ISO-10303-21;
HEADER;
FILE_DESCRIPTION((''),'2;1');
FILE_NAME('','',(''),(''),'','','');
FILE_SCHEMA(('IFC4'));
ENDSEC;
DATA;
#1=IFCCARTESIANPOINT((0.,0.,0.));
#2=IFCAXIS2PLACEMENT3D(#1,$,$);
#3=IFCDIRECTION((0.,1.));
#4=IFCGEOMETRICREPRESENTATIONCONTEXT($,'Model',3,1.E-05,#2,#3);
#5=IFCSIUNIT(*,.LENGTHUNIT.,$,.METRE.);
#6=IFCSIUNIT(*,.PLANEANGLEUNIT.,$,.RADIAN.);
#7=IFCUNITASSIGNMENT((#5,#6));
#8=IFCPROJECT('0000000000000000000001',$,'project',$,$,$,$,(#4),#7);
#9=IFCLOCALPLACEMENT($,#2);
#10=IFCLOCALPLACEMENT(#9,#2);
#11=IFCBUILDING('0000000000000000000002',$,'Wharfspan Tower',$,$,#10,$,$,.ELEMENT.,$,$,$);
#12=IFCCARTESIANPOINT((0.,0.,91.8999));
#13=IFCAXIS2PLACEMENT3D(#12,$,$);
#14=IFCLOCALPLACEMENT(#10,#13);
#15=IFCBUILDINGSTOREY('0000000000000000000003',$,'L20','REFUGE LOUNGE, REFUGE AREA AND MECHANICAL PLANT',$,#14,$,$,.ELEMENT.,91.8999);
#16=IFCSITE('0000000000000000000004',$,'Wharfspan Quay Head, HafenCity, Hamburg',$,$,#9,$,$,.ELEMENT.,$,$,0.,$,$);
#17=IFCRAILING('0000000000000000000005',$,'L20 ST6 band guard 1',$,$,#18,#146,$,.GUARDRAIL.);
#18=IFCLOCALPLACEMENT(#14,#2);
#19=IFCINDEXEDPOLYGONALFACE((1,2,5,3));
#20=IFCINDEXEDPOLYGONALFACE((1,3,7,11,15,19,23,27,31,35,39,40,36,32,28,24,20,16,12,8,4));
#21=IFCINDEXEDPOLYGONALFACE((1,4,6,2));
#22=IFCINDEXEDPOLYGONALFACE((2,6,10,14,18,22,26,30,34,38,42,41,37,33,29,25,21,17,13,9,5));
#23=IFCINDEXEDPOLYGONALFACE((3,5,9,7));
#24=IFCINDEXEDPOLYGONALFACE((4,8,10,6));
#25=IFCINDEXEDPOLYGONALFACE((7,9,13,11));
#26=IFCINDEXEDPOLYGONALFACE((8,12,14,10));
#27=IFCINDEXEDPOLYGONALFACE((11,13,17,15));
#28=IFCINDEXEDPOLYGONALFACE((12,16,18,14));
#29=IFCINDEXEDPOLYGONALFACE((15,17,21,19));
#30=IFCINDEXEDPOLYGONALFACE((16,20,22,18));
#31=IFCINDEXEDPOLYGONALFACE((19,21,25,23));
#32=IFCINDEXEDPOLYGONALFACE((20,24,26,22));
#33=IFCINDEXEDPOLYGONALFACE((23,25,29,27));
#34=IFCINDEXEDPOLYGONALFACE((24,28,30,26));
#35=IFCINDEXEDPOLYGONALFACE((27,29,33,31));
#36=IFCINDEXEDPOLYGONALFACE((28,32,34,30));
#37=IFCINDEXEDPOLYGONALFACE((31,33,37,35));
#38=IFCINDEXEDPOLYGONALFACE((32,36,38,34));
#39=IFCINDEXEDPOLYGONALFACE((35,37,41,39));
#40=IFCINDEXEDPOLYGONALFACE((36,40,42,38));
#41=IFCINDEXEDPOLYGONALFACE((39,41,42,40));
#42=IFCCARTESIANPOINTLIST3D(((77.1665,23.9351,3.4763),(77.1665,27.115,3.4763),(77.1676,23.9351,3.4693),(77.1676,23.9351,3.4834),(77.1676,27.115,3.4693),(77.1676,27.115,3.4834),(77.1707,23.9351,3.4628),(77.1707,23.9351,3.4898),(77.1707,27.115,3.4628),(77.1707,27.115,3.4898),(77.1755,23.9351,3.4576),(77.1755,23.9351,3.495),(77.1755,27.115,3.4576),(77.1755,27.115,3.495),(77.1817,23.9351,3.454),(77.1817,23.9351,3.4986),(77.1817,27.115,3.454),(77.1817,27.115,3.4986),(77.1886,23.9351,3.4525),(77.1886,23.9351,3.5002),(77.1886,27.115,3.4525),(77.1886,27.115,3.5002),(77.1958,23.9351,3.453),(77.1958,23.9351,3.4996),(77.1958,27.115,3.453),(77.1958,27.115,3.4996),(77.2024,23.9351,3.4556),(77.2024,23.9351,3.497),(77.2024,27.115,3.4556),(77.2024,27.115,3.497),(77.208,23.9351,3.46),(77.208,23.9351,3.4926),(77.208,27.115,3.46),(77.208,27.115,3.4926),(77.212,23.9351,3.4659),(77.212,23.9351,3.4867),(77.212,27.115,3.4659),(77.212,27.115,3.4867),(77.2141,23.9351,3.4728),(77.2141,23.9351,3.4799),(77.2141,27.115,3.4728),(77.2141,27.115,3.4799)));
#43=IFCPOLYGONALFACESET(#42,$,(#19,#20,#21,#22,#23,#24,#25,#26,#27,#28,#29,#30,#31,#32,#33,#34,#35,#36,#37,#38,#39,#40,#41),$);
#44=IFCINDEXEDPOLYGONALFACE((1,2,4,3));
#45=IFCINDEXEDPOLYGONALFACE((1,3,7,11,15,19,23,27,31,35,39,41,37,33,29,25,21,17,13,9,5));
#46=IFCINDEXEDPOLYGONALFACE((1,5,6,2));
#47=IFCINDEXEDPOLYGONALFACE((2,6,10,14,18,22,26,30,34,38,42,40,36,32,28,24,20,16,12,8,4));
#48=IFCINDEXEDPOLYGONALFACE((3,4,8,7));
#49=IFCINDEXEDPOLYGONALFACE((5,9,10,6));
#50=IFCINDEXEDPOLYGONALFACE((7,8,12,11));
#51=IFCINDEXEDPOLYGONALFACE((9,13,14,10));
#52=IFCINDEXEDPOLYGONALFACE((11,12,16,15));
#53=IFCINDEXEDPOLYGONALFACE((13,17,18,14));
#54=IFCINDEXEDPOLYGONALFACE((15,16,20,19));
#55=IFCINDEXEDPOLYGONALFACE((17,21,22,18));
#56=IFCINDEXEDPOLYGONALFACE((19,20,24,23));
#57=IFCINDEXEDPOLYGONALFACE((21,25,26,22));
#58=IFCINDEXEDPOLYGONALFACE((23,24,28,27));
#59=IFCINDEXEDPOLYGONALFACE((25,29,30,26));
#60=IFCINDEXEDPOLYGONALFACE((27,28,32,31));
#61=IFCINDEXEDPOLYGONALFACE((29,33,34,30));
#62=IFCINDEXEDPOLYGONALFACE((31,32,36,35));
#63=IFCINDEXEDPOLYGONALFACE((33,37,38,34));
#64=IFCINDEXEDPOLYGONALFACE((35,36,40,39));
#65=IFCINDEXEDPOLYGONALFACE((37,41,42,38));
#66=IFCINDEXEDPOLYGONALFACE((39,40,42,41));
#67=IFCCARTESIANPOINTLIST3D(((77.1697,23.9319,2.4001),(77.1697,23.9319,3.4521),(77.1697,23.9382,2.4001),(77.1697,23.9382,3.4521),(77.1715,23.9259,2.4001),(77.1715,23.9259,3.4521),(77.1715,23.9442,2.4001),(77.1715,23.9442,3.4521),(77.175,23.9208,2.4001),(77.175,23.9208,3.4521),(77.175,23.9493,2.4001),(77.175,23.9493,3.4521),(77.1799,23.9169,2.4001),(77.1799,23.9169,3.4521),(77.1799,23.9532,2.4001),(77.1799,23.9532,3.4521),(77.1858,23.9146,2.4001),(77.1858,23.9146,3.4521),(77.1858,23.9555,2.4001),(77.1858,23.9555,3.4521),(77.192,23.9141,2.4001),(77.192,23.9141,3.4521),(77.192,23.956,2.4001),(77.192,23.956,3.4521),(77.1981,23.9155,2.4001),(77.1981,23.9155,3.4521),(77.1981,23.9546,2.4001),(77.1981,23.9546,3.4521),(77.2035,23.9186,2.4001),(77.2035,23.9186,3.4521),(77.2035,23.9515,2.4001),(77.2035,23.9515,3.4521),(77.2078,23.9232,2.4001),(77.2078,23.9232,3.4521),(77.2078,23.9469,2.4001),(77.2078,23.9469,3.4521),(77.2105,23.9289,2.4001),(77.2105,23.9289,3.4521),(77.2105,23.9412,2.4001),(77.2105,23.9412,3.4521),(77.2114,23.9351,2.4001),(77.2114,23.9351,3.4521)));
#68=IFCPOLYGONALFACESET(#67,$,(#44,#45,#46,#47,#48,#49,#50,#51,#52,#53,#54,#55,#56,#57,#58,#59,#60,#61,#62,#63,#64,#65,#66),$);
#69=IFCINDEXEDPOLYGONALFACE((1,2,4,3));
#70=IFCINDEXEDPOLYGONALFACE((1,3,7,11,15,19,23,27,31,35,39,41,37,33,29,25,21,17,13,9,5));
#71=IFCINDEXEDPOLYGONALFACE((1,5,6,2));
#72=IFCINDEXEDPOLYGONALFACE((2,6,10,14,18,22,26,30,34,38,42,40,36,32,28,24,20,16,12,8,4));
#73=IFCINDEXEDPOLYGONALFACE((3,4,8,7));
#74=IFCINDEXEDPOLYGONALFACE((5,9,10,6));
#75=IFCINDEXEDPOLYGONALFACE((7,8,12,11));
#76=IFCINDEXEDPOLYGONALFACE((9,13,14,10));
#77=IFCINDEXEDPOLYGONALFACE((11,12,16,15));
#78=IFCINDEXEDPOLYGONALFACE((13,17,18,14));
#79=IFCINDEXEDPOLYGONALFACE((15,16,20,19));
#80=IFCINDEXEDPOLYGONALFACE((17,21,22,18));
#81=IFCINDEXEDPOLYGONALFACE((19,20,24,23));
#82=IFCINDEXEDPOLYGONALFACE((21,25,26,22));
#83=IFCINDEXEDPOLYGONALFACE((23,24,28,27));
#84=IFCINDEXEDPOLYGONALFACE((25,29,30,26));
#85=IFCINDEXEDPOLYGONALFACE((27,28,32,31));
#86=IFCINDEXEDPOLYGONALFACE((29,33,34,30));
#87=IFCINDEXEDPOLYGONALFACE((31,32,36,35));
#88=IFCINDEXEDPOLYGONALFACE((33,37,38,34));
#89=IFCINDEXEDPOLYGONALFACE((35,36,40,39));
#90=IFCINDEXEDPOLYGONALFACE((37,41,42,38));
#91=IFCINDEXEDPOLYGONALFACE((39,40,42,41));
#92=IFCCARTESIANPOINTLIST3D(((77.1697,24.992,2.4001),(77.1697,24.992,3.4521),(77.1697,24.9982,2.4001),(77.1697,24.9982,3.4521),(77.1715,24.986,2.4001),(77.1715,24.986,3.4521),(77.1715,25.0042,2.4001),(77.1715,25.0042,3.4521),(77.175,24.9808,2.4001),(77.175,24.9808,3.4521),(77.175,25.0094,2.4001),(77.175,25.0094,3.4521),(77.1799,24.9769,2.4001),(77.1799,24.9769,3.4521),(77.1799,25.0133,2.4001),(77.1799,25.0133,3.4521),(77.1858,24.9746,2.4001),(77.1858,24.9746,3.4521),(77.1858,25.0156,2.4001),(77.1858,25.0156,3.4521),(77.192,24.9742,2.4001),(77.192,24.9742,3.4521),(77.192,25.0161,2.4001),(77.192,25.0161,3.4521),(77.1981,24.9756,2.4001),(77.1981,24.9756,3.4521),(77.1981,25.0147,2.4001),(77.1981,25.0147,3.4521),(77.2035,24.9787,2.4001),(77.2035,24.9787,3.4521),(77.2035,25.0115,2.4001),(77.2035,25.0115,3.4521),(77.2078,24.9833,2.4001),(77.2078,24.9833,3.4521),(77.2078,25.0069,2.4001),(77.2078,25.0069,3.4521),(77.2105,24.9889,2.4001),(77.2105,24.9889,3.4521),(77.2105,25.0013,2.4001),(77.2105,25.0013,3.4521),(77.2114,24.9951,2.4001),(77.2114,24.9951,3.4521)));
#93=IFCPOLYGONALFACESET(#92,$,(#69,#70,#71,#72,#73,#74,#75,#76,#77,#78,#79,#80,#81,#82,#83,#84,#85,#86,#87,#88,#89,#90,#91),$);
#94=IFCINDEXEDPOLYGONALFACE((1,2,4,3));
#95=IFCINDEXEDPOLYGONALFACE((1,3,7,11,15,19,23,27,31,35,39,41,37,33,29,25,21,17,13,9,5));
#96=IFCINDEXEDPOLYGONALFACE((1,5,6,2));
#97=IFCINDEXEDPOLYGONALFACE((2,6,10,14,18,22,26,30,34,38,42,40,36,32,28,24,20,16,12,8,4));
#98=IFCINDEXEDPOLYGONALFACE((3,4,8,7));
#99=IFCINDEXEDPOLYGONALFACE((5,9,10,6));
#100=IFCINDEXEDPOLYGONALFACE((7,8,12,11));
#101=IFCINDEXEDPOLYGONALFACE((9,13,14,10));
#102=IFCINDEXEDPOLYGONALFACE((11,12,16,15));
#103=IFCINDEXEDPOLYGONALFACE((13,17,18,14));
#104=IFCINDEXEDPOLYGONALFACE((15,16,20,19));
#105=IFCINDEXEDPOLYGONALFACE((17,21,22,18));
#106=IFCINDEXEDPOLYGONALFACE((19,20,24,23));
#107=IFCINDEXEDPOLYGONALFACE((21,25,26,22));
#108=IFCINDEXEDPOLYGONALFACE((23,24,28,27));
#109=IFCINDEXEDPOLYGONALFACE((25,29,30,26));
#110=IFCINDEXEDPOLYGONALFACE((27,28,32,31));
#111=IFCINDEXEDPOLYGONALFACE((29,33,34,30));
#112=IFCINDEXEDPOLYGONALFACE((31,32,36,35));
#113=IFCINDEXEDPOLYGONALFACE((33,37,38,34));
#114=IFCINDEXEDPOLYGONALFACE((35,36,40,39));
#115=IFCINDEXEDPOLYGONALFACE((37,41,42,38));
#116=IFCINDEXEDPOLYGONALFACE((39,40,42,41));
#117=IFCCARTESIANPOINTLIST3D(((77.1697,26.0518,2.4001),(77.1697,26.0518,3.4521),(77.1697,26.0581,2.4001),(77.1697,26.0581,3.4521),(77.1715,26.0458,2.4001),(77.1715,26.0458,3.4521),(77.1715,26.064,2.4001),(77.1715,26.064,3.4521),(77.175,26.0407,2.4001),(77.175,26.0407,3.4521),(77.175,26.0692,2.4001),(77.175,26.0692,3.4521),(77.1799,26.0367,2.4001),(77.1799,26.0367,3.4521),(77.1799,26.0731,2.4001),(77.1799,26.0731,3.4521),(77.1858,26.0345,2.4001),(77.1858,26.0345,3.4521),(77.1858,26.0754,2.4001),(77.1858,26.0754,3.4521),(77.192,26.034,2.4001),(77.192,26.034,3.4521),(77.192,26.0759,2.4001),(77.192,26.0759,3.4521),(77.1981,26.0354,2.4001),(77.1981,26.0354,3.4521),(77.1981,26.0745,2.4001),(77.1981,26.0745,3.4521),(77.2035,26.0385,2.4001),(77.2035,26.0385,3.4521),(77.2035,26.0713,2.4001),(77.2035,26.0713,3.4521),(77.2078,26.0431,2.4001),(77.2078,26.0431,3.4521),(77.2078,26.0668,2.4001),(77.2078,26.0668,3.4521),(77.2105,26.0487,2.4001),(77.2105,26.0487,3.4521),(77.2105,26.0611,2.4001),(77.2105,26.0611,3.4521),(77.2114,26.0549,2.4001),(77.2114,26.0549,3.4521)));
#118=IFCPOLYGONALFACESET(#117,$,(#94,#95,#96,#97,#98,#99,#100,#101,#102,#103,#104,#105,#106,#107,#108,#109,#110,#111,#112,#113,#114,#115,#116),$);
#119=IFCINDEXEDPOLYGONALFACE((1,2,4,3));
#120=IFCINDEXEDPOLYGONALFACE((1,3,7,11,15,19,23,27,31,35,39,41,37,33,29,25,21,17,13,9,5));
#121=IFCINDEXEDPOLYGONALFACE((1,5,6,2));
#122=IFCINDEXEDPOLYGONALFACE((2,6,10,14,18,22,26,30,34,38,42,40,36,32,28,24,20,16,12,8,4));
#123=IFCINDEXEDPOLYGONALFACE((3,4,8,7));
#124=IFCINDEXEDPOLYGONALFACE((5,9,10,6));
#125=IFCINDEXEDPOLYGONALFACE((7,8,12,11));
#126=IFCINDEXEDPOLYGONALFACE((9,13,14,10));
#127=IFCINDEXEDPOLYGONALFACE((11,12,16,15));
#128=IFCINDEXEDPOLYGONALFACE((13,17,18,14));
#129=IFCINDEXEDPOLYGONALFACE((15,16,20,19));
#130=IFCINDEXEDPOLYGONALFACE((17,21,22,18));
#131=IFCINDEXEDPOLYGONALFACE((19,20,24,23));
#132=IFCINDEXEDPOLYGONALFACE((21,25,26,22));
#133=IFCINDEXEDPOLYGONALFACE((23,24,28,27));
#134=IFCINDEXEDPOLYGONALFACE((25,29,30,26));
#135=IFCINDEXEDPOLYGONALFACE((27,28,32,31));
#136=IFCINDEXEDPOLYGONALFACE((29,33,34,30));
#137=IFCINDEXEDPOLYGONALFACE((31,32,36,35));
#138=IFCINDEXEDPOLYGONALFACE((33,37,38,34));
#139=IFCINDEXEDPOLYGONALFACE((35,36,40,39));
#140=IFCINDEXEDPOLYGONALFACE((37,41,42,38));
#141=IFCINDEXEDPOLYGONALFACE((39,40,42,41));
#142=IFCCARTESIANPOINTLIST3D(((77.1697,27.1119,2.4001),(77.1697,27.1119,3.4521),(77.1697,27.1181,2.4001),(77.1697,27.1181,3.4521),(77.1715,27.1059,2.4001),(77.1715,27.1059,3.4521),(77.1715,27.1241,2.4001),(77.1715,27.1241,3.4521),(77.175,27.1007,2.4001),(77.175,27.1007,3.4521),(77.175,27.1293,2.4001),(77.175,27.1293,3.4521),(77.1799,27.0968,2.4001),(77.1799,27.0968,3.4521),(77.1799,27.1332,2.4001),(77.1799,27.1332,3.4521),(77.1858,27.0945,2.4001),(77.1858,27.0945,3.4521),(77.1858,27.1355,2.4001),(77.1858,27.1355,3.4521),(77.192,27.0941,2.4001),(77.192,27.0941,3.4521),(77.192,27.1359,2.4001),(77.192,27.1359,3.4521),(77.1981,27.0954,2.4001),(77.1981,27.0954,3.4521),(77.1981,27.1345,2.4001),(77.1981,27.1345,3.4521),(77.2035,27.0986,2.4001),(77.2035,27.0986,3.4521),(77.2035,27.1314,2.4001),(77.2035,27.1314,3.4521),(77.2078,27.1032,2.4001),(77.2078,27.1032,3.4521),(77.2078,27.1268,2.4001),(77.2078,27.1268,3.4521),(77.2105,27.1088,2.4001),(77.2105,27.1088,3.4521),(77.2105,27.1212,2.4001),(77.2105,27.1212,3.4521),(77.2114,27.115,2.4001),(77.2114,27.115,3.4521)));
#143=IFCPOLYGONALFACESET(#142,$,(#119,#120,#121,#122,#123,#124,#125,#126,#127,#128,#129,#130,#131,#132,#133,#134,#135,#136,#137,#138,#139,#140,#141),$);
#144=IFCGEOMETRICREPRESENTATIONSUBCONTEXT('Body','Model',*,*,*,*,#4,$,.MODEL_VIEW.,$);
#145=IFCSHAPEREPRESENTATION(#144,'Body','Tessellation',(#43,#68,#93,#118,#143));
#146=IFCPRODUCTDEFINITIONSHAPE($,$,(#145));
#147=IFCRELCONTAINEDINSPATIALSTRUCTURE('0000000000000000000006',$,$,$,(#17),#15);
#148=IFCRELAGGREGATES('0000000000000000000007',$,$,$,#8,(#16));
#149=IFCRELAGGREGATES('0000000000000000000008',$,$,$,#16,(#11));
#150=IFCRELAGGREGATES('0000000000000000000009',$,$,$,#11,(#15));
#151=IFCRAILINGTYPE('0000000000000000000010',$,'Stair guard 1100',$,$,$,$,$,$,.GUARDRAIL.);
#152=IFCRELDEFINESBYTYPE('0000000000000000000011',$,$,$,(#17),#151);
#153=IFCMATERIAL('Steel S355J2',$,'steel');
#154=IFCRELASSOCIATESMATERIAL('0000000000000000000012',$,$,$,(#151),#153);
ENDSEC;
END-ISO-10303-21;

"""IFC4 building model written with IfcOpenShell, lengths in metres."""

from ifc_helpers import new_model, si_unit, direction, frame, origin, origin_2d, place, context, subcontext, project, spatial, circle, extrude, material, type_object, element, save


model = new_model("IFC4")

# Units and contexts
model_context = context("Model", 3, precision=1e-05, world=origin(), true_north=direction((0.0, 1.0)))
body_context = subcontext(model_context, "Body", "Model", "MODEL_VIEW")
ifc_project = project(units=[si_unit("LENGTHUNIT", "METRE"), si_unit("PLANEANGLEUNIT", "RADIAN")], contexts=[model_context])

# Site, building, storey
site_placement = place(None, origin())
site = spatial("IfcSite", under=ifc_project, at=site_placement, Name="Wharfspan Quay Head, HafenCity, Hamburg", CompositionType="ELEMENT", RefElevation=0.0)
building_placement = place(site_placement, origin())
building = spatial("IfcBuilding", under=site, at=building_placement, Name="Wharfspan Tower", CompositionType="ELEMENT")
storey_placement = place(building_placement, frame((0.0, 0.0, 91.8999)))
storey = spatial("IfcBuildingStorey", under=building, at=storey_placement, Name="L20", Description="REFUGE LOUNGE, REFUGE AREA AND MECHANICAL PLANT", CompositionType="ELEMENT", Elevation=91.8999)

# Shared definitions
ifc_material_1 = material(Name="Steel S355J2", Category="steel")

# Railing
railing_type_1 = type_object("IfcRailingType", Name="Stair guard 1100", PredefinedType="GUARDRAIL", material=ifc_material_1)
railing_1_placement = place(storey_placement, frame((77.1904, 23.9351, 2.4001)))
element("IfcRailing", 1, at=railing_1_placement, inside=storey, type_object=railing_type_1, Name="L20 ST6 band guard 1", PredefinedType="GUARDRAIL", context=body_context, shape_type="SweptSolid", body=[
    extrude(circle(Radius=0.0239, at=origin_2d()), frame((0.0, 0.0, 1.0762), z_axis=(0.0, 1.0, 0.0), x_axis=(-1.0, 0.0, 0.0)), (0.0, 0.0, 1.0), 3.1799),
    extrude(circle(Radius=0.021, at=origin_2d()), origin(), (0.0, 0.0, 1.0), 1.052),
    extrude(circle(Radius=0.021, at=origin_2d()), frame((0.0, 1.0601, 0.0)), (0.0, 0.0, 1.0), 1.052),
    extrude(circle(Radius=0.021, at=origin_2d()), frame((0.0, 2.1199, 0.0)), (0.0, 0.0, 1.0), 1.052),
    extrude(circle(Radius=0.021, at=origin_2d()), frame((0.0, 3.1799, 0.0)), (0.0, 0.0, 1.0), 1.052),
])

save(model, "model.ifc")
